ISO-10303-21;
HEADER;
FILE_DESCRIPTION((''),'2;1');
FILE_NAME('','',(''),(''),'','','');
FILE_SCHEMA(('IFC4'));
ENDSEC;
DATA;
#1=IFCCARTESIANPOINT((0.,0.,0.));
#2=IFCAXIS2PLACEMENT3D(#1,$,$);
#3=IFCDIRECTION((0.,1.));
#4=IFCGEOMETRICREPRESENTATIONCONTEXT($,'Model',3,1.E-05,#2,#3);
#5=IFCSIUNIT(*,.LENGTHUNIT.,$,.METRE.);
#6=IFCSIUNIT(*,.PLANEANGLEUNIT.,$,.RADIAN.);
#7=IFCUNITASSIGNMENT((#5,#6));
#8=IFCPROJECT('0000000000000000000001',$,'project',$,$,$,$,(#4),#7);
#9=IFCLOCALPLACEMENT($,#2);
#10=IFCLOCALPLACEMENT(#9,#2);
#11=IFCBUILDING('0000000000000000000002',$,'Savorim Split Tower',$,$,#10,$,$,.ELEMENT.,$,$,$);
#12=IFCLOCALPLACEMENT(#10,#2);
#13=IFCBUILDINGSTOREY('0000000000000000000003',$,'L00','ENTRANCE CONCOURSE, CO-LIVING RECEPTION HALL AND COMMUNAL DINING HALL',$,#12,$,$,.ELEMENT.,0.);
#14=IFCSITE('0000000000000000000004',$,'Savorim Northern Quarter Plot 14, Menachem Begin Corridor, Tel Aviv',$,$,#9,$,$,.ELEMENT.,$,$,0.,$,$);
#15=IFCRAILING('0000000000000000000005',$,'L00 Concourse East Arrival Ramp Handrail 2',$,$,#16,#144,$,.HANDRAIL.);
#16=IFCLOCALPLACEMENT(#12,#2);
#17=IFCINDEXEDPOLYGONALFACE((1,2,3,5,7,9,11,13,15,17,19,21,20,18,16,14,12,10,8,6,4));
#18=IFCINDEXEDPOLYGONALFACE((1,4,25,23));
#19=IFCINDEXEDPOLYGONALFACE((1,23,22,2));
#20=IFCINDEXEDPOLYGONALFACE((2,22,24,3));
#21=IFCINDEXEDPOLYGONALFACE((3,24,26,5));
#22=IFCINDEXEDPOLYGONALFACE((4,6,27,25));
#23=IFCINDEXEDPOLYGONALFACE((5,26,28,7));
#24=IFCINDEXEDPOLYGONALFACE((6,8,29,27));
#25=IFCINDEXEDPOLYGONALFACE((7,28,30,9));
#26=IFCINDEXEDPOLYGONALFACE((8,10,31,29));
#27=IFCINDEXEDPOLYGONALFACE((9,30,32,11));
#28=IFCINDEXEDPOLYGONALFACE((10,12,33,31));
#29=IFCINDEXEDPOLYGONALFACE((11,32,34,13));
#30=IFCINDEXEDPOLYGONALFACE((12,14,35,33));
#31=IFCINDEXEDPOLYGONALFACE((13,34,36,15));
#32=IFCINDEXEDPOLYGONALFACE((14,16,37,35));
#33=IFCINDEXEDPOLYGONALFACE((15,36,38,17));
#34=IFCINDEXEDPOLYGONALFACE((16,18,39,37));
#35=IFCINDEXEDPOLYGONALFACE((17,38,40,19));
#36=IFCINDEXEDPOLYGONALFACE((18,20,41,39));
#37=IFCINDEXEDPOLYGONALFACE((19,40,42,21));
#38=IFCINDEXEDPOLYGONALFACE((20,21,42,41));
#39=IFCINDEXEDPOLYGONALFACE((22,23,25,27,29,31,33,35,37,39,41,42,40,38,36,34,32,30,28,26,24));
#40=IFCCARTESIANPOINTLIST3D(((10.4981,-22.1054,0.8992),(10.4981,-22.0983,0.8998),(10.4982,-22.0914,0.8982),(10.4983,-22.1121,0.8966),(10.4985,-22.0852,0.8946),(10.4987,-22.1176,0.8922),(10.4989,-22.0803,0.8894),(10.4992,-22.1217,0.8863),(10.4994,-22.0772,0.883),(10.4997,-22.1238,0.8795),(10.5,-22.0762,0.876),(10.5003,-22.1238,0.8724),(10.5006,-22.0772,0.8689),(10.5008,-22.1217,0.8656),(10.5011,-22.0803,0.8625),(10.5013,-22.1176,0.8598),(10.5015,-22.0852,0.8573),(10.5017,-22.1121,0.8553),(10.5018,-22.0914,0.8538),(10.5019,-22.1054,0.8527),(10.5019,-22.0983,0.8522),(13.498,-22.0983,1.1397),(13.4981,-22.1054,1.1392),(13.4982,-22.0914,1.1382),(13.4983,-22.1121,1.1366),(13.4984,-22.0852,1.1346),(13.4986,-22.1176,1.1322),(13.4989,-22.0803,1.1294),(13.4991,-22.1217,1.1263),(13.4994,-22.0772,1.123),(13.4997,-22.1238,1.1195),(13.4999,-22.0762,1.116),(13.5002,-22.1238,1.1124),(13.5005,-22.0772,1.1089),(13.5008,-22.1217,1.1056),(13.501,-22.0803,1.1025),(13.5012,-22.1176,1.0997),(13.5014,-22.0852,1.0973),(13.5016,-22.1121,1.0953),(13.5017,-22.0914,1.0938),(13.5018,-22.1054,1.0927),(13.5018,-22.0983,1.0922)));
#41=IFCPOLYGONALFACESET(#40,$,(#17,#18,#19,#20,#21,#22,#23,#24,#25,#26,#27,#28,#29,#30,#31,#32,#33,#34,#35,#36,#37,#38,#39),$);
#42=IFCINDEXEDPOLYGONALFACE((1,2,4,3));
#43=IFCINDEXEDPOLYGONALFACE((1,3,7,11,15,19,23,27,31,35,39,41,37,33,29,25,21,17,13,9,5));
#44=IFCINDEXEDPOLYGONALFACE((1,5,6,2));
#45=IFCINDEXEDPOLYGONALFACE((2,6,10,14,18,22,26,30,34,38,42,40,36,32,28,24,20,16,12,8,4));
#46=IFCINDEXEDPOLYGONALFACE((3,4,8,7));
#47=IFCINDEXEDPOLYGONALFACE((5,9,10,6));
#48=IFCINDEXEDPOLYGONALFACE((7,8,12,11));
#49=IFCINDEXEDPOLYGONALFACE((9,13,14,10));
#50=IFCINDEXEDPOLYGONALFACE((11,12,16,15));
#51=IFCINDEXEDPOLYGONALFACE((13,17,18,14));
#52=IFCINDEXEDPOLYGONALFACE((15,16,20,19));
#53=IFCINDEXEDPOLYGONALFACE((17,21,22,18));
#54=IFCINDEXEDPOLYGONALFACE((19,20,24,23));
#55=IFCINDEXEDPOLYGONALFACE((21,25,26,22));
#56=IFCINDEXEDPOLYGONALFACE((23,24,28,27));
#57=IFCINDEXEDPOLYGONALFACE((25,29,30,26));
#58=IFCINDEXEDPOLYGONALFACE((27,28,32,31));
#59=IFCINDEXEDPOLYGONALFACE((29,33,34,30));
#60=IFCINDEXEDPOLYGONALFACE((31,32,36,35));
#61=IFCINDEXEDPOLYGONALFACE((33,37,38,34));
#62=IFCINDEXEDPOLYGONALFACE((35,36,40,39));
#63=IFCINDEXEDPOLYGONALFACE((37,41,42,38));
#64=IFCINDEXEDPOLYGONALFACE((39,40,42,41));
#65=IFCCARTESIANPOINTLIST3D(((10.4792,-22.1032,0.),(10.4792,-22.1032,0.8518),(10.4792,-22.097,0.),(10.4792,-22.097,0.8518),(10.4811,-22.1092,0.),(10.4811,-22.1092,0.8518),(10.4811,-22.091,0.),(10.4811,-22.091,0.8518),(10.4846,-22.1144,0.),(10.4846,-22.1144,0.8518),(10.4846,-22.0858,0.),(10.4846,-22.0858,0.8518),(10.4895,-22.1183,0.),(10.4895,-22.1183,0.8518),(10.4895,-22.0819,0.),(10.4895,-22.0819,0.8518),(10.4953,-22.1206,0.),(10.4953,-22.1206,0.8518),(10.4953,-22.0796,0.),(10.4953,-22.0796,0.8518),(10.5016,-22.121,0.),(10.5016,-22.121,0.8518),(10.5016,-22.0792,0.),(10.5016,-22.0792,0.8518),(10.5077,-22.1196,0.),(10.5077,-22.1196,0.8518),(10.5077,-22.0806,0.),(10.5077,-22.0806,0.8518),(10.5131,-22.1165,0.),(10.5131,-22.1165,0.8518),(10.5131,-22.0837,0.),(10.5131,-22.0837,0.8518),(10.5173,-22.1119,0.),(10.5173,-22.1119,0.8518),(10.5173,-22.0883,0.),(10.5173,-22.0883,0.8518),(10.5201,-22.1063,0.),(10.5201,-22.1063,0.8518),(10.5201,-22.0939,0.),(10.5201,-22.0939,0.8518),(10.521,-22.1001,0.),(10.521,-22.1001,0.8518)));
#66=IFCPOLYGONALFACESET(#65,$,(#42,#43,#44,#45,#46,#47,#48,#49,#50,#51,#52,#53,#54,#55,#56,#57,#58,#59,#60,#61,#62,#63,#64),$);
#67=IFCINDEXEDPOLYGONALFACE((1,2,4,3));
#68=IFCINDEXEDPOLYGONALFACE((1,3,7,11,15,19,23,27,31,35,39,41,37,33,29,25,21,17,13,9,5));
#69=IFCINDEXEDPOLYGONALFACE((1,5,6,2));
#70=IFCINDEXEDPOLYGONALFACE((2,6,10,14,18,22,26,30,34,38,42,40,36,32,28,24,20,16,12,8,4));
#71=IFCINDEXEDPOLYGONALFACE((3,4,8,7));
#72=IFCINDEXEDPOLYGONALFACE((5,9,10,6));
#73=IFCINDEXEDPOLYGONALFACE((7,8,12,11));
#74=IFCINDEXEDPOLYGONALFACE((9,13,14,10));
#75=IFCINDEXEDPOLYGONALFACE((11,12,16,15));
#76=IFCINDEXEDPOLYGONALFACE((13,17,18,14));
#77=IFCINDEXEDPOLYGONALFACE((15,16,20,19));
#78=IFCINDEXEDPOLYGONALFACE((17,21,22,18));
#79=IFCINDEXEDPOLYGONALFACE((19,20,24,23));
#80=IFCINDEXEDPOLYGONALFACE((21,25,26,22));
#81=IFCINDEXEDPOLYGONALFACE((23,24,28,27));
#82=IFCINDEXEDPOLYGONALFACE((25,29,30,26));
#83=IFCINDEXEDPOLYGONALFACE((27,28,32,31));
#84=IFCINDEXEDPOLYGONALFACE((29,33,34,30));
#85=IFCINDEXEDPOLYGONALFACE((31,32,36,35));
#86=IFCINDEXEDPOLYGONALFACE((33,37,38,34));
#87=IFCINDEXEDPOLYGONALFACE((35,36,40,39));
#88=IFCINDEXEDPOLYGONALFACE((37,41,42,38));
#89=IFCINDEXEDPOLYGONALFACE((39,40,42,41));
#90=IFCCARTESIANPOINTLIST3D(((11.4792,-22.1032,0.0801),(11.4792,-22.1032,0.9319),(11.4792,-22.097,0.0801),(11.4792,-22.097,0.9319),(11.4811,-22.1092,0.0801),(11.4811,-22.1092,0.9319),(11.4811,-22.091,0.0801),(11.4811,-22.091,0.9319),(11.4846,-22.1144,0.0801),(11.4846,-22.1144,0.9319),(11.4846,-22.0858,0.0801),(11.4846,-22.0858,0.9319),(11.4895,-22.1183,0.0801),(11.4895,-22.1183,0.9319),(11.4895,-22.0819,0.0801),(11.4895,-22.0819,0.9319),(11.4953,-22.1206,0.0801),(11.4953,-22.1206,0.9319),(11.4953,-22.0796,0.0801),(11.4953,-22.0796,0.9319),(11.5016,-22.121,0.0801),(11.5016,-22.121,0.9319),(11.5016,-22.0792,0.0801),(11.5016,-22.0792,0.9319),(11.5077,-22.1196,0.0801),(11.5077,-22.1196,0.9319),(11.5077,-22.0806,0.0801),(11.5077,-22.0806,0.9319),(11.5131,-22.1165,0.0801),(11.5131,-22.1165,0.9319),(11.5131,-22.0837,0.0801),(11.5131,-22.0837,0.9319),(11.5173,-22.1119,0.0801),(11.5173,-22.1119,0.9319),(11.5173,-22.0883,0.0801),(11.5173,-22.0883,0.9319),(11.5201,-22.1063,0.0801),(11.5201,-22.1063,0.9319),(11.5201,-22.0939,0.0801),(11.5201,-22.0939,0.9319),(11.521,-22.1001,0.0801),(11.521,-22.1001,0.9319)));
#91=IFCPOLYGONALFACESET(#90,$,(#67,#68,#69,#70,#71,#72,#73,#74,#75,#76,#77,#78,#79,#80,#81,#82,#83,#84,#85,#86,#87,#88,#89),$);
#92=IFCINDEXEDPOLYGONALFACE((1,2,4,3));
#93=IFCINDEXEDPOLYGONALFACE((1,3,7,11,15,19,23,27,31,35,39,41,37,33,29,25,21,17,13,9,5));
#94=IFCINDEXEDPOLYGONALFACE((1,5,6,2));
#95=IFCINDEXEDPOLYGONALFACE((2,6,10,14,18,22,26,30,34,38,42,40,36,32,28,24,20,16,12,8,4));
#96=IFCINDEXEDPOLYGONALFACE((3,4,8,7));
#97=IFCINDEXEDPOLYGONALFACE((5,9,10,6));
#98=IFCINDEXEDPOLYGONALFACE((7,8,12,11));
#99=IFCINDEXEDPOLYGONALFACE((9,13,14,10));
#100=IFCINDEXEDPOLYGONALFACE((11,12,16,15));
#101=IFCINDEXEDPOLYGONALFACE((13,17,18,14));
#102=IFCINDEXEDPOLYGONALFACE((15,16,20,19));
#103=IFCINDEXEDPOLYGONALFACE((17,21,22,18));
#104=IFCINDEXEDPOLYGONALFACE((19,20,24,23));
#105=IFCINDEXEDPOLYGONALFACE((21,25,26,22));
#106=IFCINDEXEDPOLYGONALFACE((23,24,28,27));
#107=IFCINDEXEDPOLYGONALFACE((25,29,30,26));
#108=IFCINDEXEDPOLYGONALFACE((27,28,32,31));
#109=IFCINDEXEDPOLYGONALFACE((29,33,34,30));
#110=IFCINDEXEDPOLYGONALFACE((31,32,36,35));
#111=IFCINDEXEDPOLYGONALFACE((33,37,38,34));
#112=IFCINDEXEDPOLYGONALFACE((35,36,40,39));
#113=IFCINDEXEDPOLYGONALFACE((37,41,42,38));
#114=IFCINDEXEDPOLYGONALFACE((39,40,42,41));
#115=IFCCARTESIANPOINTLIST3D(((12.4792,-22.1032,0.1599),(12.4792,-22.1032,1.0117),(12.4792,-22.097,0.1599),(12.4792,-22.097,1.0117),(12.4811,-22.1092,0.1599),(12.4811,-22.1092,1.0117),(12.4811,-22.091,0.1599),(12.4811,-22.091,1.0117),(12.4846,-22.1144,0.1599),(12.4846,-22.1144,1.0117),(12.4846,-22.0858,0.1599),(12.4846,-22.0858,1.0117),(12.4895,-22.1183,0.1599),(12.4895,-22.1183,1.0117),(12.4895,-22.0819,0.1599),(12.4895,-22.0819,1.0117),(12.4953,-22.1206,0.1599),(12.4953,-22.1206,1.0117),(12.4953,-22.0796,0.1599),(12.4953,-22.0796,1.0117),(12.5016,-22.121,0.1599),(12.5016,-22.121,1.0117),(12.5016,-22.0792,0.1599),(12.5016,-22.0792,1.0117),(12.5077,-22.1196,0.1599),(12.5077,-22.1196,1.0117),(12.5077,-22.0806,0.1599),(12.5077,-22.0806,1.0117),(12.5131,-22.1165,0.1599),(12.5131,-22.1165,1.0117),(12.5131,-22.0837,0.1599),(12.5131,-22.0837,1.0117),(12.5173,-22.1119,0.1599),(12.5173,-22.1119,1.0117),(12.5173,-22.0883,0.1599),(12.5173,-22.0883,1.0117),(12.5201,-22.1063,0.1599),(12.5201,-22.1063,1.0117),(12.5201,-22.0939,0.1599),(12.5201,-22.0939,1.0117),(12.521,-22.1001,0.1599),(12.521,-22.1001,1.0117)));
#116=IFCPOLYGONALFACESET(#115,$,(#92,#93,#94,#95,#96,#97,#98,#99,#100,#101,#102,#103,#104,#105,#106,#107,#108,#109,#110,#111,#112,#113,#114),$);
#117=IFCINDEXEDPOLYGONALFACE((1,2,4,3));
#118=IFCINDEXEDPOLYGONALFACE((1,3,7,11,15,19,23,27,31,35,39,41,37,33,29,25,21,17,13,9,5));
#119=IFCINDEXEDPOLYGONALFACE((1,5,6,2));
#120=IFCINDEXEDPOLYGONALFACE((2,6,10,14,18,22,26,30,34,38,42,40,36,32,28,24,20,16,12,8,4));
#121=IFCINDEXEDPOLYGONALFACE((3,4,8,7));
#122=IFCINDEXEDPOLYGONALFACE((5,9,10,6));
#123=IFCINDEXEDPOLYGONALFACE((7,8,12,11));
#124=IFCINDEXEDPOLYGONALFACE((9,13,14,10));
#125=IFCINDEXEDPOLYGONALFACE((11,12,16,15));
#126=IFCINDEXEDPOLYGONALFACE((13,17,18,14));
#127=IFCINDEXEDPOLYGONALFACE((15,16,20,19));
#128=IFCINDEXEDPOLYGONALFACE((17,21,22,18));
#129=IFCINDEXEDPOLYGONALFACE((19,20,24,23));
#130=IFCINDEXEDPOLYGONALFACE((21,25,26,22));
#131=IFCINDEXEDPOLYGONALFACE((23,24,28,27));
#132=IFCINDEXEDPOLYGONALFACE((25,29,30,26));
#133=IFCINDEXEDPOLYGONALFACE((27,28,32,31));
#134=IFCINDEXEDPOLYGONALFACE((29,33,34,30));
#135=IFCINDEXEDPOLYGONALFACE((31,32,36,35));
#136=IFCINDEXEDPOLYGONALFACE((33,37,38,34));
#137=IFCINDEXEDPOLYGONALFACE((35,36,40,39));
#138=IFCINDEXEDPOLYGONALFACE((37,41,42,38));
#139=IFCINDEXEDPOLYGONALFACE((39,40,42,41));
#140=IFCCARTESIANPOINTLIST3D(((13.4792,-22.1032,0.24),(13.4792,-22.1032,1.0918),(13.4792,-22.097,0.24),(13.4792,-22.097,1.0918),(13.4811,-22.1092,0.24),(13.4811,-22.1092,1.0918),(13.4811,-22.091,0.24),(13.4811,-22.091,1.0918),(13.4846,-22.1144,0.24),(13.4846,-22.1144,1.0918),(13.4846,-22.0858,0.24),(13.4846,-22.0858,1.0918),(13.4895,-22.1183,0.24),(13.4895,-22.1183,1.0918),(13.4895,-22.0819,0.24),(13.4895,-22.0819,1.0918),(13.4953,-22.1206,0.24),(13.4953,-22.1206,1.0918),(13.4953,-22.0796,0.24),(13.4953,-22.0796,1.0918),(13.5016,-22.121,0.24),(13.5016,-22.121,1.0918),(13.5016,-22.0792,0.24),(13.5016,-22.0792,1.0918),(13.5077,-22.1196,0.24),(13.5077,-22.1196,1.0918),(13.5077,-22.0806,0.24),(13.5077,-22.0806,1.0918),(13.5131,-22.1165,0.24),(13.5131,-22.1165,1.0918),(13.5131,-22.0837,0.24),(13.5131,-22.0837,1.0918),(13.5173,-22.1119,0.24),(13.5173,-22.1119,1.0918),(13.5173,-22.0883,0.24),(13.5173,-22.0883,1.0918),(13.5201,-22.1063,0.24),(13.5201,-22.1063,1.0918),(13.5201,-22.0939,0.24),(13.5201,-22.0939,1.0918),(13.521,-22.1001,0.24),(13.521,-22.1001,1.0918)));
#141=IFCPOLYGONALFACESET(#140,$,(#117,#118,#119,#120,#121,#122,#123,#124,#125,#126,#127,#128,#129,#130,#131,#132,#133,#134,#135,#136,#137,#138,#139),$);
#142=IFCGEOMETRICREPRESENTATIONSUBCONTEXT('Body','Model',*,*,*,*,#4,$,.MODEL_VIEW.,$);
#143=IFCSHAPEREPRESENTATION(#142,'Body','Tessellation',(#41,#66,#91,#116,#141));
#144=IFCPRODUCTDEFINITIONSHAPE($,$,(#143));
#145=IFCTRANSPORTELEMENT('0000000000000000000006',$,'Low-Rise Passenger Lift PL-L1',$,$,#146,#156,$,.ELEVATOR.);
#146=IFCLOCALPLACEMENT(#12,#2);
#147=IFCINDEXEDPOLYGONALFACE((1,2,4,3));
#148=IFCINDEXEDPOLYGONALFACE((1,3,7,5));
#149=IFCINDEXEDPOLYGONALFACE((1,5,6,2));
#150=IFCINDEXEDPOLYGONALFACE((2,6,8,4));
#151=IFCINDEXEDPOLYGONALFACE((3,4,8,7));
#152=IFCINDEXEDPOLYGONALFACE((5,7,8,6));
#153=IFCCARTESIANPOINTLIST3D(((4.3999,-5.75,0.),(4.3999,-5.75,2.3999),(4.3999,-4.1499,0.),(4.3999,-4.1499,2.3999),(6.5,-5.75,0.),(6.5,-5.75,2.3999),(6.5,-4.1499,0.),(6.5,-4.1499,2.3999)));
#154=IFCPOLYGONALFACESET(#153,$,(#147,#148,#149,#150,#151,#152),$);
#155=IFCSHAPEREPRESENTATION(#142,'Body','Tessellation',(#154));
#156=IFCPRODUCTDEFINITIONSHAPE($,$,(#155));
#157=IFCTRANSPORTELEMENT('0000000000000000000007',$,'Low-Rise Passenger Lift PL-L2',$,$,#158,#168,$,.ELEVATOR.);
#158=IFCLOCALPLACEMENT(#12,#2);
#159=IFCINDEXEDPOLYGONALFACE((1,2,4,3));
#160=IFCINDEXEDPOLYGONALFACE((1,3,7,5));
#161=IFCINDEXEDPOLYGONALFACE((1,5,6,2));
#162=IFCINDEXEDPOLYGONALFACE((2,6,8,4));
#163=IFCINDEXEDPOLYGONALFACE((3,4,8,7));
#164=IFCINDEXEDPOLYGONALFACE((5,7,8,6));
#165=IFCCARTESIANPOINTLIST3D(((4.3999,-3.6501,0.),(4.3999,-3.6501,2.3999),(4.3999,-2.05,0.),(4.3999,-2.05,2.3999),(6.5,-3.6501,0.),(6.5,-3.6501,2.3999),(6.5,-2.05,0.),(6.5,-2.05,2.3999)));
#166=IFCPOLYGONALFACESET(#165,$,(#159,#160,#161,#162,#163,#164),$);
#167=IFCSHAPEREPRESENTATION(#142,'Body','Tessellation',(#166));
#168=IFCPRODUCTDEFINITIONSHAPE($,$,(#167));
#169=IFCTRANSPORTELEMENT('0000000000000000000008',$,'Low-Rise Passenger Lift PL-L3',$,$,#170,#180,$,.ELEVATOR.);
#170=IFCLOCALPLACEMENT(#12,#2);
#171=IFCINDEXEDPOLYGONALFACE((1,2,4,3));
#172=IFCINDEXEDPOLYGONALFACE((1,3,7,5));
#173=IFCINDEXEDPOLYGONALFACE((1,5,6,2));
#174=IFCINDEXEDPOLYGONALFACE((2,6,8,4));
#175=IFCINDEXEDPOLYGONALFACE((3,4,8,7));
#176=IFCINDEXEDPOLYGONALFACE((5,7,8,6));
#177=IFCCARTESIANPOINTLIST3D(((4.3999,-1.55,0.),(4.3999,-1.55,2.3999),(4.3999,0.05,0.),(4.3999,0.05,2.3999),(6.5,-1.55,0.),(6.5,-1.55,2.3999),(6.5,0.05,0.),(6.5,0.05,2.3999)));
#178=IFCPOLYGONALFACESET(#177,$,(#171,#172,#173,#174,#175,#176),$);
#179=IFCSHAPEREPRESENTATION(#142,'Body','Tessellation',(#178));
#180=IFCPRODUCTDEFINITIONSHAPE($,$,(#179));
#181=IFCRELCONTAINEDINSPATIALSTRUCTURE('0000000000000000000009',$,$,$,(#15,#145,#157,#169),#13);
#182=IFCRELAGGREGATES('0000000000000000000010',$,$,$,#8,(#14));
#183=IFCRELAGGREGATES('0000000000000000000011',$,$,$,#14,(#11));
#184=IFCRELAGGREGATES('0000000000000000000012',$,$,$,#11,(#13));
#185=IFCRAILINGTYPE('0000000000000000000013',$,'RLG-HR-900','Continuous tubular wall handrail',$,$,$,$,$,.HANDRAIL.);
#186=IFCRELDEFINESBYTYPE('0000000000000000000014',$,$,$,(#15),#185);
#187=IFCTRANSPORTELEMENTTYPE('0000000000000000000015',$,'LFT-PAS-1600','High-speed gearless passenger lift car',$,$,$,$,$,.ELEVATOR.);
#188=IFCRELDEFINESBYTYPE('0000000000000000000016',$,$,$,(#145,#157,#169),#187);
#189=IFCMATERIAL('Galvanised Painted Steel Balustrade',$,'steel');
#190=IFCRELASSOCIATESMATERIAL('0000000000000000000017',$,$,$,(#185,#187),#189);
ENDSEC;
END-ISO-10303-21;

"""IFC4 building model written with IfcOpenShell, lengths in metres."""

from ifc_helpers import new_model, si_unit, direction, frame, origin, origin_2d, place, context, subcontext, project, spatial, rectangle, circle, extrude, material, type_object, element, save


model = new_model("IFC4")

# Units and contexts
model_context = context("Model", 3, precision=1e-05, world=origin(), true_north=direction((0.0, 1.0)))
body_context = subcontext(model_context, "Body", "Model", "MODEL_VIEW")
ifc_project = project(units=[si_unit("LENGTHUNIT", "METRE"), si_unit("PLANEANGLEUNIT", "RADIAN")], contexts=[model_context])

# Site, building, storey
site_placement = place(None, origin())
site = spatial("IfcSite", under=ifc_project, at=site_placement, Name="Savorim Northern Quarter Plot 14, Menachem Begin Corridor, Tel Aviv", CompositionType="ELEMENT", RefElevation=0.0)
building_placement = place(site_placement, origin())
building = spatial("IfcBuilding", under=site, at=building_placement, Name="Savorim Split Tower", CompositionType="ELEMENT")
storey_placement = place(building_placement, origin())
storey = spatial("IfcBuildingStorey", under=building, at=storey_placement, Name="L00", Description="ENTRANCE CONCOURSE, CO-LIVING RECEPTION HALL AND COMMUNAL DINING HALL", CompositionType="ELEMENT", Elevation=0.0)

# Railing
ifc_material_1 = material(Name="Galvanised Painted Steel Balustrade", Category="steel")
railing_type = type_object("IfcRailingType", Name="RLG-HR-900", Description="Continuous tubular wall handrail", PredefinedType="HANDRAIL", material=ifc_material_1)
for number, where, name in (
    (1, (10.5, -22.1001, 0.0), "L00 Concourse East Arrival Ramp Handrail 2"),
):
    element("IfcRailing", number, at=place(storey_placement, frame(where)), inside=storey, type_object=railing_type, Name=name, PredefinedType="HANDRAIL", context=body_context, shape_type="SweptSolid", body=[
        extrude(circle(Radius=0.0239, at=origin_2d()), frame((0.0, 0.0, 0.876), z_axis=(0.996816, 0.0, 0.079742), x_axis=(0.0, 1.0, 0.0)), (0.0, 0.0, 1.0), 3.0095),
        extrude(circle(Radius=0.021, at=origin_2d()), origin(), (0.0, 0.0, 1.0), 0.8518),
        extrude(circle(Radius=0.021, at=origin_2d()), frame((1.0, 0.0, 0.0801)), (0.0, 0.0, 1.0), 0.8518),
        extrude(circle(Radius=0.021, at=origin_2d()), frame((2.0, 0.0, 0.1599)), (0.0, 0.0, 1.0), 0.8518),
        extrude(circle(Radius=0.021, at=origin_2d()), frame((3.0, 0.0, 0.24)), (0.0, 0.0, 1.0), 0.8518),
    ])

# Transport elements
transport_element_type = type_object("IfcTransportElementType", Name="LFT-PAS-1600", Description="High-speed gearless passenger lift car", PredefinedType="ELEVATOR", material=ifc_material_1)
for number, where, z_axis, x_axis, name in (
    (2, (5.45, -4.95, 0.0), (0.0, 0.0, 1.0), (1.0, 0.0, 0.0), "Low-Rise Passenger Lift PL-L1"),
    (3, (5.45, -2.8501, 0.0), (0.0, 0.0, 1.0), (1.0, 0.0, 0.0), "Low-Rise Passenger Lift PL-L2"),
    (4, (5.45, -0.75, 0.0), (0.0, 0.0, 1.0), (1.0, 0.0, 0.0), "Low-Rise Passenger Lift PL-L3"),
):
    element("IfcTransportElement", number, at=place(storey_placement, frame(where, z_axis=z_axis, x_axis=x_axis)), inside=storey, type_object=transport_element_type, Name=name, PredefinedType="ELEVATOR", context=body_context, shape_type="SweptSolid", body=[
        extrude(rectangle(XDim=2.1001, YDim=1.6001, at=origin_2d()), origin(), (0.0, 0.0, 1.0), 2.3999),
    ])

save(model, "model.ifc")
